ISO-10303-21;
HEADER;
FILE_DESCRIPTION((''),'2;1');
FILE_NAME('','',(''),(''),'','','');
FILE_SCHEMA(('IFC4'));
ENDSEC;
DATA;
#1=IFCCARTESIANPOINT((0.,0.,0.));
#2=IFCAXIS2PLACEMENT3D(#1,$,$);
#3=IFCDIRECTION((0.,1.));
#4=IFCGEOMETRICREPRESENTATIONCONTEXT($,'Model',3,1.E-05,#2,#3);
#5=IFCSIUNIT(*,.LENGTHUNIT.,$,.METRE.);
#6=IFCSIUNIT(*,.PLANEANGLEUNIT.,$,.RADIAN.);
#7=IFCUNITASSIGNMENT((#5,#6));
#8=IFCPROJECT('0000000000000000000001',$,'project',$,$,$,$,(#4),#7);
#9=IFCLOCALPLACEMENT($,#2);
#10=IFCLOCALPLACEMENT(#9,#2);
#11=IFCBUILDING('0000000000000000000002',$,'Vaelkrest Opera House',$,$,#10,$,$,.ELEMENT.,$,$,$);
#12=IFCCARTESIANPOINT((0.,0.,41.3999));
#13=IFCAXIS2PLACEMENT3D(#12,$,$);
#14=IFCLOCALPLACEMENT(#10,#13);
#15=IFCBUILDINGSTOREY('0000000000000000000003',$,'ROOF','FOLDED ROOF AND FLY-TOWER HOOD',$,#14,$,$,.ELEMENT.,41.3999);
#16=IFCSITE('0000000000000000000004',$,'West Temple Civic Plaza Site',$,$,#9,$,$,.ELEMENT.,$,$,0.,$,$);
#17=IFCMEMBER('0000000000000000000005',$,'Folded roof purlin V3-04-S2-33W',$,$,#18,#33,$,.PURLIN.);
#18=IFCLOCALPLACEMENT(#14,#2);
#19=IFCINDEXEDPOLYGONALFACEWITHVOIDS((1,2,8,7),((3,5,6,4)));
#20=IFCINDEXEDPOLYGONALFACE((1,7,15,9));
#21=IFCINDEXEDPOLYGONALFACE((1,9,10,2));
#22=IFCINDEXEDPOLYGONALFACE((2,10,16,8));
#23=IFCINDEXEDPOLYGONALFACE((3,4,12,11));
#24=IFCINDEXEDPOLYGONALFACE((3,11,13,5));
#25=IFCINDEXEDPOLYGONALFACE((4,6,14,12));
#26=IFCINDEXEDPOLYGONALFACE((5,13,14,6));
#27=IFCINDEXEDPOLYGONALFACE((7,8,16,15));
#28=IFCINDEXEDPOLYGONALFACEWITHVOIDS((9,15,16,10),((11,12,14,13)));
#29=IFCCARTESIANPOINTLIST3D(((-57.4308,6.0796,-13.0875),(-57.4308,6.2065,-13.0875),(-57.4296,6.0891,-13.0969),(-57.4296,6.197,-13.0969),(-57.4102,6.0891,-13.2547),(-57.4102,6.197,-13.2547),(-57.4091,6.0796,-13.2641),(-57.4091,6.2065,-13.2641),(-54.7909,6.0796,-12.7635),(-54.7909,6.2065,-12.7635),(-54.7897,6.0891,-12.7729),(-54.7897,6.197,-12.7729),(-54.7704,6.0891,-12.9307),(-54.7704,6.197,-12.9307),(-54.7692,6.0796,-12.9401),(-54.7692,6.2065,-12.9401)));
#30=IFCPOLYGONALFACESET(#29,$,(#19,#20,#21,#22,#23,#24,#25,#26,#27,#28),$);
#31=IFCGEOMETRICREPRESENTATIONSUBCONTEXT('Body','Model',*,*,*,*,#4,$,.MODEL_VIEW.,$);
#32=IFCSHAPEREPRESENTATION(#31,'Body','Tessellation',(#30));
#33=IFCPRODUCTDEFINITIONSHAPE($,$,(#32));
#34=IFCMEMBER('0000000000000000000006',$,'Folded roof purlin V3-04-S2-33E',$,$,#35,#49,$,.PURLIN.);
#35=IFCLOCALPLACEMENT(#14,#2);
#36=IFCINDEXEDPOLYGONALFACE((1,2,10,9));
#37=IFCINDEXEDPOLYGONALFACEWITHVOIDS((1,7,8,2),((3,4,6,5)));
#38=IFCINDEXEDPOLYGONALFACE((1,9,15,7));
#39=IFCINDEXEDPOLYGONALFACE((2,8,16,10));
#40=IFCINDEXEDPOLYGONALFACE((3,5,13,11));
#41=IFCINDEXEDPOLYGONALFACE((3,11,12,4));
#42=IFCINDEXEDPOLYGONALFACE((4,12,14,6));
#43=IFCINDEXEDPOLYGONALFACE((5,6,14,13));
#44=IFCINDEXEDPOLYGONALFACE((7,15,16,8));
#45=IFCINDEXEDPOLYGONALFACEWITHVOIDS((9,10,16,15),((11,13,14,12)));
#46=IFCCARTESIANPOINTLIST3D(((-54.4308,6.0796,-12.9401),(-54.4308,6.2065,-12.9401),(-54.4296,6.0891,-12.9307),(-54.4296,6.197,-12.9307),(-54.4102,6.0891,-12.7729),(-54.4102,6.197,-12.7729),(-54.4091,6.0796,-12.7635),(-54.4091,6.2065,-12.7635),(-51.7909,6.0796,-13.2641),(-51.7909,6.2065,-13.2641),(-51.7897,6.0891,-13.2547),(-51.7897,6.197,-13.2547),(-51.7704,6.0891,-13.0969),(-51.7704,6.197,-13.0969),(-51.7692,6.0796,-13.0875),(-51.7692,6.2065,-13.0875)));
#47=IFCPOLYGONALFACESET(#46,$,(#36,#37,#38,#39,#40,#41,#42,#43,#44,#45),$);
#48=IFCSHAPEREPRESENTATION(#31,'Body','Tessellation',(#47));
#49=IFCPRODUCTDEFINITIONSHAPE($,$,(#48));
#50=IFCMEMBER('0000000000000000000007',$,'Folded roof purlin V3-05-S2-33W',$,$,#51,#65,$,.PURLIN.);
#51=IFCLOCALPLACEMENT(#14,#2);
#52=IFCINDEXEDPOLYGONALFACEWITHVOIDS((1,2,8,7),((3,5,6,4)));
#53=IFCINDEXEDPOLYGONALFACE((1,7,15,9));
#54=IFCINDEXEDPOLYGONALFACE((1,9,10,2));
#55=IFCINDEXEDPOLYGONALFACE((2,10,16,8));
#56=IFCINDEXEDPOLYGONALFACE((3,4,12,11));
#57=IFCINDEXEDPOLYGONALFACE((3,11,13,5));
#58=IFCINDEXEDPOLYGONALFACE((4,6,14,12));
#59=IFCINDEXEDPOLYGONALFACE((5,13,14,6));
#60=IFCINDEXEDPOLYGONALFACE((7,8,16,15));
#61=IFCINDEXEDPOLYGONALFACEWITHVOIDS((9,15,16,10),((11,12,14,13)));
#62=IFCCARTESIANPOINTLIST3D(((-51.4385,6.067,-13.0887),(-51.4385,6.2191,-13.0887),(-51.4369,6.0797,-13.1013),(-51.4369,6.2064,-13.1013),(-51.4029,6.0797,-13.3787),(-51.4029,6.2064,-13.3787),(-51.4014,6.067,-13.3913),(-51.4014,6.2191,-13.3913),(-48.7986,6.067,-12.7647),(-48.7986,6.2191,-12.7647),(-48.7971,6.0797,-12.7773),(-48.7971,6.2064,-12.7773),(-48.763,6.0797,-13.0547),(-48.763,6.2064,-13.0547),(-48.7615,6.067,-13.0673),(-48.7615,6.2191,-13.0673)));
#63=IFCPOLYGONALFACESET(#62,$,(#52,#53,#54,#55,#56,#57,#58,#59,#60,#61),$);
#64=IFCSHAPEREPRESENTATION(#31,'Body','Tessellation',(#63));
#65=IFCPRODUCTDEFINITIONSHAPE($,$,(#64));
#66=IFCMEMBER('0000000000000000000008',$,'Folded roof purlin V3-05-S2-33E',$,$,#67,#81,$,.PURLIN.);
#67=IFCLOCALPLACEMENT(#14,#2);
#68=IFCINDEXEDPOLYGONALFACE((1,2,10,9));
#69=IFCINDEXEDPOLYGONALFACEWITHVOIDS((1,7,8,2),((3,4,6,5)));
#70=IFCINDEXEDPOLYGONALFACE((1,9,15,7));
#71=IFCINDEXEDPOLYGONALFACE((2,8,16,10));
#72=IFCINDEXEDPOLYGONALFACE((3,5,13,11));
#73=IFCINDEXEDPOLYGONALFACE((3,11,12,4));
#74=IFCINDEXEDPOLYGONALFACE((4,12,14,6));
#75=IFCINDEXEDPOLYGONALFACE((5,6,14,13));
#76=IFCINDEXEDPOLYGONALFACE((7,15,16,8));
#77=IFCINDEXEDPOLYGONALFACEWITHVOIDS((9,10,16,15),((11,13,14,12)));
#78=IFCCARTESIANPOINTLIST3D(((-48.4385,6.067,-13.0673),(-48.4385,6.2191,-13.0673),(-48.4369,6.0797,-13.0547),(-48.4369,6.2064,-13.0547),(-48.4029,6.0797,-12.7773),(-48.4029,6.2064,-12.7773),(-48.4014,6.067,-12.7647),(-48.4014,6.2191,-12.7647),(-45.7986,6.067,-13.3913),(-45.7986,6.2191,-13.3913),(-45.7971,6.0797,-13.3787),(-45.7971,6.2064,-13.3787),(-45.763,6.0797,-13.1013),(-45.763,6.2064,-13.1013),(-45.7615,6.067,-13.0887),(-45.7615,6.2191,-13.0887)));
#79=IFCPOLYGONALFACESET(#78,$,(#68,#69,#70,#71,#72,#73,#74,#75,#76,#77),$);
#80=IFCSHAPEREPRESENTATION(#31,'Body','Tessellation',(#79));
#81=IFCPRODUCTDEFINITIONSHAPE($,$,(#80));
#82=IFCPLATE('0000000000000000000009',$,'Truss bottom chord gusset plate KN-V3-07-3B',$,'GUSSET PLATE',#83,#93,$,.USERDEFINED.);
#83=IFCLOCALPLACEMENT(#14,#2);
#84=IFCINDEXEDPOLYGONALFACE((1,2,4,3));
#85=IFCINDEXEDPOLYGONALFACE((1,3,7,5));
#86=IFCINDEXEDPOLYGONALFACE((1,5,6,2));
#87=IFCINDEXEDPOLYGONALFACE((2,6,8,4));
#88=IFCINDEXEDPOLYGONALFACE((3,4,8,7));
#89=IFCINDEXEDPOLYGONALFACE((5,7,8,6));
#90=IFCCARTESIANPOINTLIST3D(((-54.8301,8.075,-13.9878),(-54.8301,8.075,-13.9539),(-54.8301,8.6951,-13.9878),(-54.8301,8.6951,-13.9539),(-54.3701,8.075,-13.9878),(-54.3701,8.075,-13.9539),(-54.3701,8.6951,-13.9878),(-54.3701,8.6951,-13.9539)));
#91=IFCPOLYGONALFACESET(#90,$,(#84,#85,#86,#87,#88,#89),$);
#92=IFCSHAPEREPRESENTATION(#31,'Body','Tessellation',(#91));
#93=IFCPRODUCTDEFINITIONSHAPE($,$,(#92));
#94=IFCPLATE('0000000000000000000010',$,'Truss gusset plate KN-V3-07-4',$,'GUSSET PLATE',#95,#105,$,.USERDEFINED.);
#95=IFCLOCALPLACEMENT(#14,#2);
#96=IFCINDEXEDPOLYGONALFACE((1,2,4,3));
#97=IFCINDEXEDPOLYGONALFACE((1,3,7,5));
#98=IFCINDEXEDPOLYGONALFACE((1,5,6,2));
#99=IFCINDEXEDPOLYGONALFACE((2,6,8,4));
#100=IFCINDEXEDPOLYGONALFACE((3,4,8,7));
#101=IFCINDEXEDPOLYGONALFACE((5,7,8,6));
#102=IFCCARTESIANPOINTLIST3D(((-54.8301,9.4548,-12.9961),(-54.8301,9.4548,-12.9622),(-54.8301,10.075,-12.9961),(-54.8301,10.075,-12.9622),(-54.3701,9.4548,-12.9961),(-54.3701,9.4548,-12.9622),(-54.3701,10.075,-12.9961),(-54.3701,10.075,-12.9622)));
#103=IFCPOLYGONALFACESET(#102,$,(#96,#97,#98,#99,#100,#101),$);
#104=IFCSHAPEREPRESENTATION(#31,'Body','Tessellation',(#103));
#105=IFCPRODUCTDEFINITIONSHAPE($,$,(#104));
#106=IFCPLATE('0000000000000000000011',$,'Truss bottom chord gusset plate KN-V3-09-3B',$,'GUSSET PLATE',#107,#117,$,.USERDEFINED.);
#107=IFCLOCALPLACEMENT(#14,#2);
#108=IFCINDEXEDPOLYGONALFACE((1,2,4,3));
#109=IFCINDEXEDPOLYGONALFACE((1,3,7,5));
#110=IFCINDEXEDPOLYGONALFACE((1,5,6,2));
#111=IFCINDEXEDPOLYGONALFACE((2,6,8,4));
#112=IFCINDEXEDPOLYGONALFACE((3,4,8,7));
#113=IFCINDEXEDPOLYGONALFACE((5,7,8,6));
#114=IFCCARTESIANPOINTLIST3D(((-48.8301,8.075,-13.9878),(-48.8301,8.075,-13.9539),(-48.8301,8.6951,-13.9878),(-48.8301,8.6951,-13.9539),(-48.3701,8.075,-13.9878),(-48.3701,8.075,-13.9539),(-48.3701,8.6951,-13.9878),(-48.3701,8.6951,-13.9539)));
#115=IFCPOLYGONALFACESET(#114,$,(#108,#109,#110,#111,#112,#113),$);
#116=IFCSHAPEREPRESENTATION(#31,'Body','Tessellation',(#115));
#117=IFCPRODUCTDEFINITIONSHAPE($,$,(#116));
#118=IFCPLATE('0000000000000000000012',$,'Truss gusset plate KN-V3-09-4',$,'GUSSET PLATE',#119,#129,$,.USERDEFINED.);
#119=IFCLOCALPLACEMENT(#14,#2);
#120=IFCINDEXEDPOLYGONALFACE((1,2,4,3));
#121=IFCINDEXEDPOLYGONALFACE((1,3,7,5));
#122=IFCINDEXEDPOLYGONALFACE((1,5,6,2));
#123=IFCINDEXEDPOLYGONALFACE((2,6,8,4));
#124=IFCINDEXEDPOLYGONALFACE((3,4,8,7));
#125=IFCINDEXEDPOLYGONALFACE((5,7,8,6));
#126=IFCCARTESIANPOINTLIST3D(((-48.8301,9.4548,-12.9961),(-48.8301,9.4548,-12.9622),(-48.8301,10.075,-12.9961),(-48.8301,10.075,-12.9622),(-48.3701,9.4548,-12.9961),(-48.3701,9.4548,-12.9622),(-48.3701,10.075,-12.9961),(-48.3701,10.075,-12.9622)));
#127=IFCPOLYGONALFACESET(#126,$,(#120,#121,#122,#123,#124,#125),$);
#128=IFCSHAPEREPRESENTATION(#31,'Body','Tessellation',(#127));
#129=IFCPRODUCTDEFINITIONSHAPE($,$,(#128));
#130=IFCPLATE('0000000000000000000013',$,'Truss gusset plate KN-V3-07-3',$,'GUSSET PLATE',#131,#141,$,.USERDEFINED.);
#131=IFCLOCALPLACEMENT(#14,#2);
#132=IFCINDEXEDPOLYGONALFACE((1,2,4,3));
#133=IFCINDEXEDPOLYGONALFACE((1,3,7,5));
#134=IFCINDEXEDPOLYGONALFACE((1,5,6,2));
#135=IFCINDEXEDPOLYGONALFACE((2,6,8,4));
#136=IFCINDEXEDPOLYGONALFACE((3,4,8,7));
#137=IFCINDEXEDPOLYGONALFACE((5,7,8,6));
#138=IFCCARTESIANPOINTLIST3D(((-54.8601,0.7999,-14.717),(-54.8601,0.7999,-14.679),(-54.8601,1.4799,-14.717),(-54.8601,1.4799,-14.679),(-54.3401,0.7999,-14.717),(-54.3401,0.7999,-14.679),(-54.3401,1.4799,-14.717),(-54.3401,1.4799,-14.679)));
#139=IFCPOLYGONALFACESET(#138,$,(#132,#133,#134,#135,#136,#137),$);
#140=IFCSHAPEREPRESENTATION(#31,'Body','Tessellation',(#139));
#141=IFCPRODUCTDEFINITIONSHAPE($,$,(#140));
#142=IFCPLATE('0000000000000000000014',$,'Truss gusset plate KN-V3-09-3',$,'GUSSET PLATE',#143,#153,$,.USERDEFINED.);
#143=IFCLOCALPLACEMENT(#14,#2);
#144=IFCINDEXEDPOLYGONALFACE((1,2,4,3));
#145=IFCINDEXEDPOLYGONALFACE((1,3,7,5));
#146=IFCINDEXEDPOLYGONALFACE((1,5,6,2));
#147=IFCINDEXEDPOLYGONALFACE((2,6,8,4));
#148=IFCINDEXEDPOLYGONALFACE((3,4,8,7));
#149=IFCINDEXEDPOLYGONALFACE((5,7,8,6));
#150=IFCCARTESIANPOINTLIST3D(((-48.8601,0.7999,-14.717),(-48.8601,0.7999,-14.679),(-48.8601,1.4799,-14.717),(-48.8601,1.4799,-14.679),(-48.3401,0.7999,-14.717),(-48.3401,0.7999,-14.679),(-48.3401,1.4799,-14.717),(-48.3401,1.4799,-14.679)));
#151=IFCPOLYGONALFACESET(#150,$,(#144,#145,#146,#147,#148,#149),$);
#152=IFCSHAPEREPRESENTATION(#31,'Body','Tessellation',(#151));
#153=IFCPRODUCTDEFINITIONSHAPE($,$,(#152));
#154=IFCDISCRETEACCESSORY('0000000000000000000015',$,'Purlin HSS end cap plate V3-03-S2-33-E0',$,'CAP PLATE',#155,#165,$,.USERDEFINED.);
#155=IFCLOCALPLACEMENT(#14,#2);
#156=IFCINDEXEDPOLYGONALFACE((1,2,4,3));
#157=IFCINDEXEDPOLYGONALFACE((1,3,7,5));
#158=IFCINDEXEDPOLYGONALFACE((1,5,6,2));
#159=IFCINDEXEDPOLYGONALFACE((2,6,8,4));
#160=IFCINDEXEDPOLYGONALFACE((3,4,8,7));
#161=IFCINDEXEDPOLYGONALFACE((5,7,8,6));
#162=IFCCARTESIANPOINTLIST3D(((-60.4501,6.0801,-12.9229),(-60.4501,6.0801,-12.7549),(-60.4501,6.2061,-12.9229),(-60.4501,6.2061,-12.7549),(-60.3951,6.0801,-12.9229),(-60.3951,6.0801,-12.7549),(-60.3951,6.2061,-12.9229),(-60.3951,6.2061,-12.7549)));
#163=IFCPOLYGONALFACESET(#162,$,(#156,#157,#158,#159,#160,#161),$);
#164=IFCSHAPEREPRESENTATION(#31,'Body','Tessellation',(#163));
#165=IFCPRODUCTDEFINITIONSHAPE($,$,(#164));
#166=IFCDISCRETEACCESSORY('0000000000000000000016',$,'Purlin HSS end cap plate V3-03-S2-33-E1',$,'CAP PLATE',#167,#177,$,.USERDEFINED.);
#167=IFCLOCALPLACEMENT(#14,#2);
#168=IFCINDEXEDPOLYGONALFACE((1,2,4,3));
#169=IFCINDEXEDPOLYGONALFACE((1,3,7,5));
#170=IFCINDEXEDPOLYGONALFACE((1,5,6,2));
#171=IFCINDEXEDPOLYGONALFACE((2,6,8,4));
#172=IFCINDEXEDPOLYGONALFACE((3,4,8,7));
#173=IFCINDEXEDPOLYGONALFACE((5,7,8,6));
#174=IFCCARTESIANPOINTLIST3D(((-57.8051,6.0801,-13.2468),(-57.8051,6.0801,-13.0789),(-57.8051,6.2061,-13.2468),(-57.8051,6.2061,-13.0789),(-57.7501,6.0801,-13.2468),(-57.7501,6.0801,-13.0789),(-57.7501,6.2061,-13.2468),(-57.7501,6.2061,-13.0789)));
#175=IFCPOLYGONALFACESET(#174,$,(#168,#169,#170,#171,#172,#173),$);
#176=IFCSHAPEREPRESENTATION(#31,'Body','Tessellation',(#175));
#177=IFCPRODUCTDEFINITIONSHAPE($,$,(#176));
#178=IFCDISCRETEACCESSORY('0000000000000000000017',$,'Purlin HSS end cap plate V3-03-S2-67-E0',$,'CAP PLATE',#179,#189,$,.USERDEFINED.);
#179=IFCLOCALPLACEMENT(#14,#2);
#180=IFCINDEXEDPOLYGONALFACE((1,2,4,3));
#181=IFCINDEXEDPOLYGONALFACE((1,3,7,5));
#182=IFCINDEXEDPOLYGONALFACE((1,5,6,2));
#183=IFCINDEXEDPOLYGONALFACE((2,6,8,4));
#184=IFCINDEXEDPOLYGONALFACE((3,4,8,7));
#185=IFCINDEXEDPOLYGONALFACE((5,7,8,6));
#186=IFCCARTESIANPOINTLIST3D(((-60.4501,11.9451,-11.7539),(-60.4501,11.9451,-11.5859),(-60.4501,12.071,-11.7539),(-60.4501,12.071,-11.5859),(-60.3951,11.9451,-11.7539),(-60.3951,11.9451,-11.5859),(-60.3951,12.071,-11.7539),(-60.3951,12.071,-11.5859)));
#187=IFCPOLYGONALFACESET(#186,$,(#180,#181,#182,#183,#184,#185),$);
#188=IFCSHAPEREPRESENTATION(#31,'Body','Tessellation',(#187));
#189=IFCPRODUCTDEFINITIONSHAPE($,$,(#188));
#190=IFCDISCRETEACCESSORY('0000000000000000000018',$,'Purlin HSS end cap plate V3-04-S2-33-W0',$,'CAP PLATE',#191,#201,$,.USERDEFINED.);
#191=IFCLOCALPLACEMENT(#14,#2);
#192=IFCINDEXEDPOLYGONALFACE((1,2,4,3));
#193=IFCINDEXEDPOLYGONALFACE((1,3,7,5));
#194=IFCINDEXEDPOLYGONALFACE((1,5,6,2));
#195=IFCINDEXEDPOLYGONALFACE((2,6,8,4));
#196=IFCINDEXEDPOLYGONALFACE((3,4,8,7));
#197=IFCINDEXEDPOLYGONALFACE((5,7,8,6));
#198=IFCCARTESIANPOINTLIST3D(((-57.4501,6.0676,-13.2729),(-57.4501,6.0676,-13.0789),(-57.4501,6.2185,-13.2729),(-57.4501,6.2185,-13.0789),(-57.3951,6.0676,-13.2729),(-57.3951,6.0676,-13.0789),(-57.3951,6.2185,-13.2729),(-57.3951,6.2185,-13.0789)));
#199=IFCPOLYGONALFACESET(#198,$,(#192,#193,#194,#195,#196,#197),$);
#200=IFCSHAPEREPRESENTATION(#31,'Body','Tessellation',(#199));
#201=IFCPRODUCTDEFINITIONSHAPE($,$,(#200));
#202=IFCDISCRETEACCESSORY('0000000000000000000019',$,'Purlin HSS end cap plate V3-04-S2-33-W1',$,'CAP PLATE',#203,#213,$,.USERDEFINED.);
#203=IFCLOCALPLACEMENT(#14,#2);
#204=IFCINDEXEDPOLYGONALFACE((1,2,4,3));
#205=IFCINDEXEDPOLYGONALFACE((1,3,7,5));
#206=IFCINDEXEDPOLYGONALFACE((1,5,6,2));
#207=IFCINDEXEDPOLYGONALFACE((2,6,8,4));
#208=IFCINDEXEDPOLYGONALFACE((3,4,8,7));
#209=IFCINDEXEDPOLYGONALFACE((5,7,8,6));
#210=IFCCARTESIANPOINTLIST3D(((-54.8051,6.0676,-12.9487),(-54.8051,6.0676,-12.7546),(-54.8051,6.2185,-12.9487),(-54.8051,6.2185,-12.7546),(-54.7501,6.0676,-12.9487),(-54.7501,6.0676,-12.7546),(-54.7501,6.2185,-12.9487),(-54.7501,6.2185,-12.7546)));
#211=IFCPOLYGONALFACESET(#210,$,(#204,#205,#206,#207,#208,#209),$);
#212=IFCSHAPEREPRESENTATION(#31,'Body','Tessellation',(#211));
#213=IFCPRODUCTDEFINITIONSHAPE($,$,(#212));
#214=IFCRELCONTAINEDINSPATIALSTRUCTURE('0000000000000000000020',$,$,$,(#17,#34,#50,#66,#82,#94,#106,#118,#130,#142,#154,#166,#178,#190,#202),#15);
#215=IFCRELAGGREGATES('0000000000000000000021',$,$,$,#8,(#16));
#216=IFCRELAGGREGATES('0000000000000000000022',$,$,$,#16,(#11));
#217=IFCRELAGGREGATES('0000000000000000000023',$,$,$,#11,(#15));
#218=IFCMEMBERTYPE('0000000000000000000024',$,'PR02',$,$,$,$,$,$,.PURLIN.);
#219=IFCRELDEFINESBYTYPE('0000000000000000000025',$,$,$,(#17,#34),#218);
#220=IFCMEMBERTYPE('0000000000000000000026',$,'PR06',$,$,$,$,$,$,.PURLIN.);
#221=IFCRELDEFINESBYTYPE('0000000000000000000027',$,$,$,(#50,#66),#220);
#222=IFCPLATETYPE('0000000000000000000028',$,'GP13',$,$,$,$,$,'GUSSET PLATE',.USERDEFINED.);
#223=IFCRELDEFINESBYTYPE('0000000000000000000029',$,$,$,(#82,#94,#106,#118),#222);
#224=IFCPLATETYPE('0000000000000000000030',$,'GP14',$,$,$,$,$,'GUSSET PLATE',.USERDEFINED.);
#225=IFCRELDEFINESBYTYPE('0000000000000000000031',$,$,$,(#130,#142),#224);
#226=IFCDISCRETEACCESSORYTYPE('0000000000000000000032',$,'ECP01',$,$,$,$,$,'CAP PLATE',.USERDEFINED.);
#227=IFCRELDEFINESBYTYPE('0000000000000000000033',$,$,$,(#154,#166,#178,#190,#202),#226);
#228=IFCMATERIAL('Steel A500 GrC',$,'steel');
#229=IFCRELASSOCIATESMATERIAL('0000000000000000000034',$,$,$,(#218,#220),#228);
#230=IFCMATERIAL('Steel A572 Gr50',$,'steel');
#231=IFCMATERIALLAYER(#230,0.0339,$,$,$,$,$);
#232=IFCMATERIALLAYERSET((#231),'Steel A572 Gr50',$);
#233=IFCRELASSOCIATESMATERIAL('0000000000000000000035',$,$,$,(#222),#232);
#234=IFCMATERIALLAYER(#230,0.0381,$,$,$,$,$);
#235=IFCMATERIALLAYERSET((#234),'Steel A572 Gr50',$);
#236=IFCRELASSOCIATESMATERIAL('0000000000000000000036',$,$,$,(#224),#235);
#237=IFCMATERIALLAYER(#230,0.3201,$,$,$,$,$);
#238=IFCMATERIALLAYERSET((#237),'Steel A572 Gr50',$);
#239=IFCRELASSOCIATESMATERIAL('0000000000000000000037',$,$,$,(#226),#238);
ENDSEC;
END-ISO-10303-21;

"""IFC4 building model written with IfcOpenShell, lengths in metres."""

from ifc_helpers import new_model, si_unit, direction, frame, origin, origin_2d, place, context, subcontext, project, spatial, rectangle, hollow_rectangle, extrude, material, layer, layer_set, material_profile, profile_set, type_object, element, save


model = new_model("IFC4")

# Units and contexts
model_context = context("Model", 3, precision=1e-05, world=origin(), true_north=direction((0.0, 1.0)))
body_context = subcontext(model_context, "Body", "Model", "MODEL_VIEW")
ifc_project = project(units=[si_unit("LENGTHUNIT", "METRE"), si_unit("PLANEANGLEUNIT", "RADIAN")], contexts=[model_context])

# Site, building, storey
site_placement = place(None, origin())
site = spatial("IfcSite", under=ifc_project, at=site_placement, Name="West Temple Civic Plaza Site", CompositionType="ELEMENT", RefElevation=0.0)
building_placement = place(site_placement, origin())
building = spatial("IfcBuilding", under=site, at=building_placement, Name="Vaelkrest Opera House", CompositionType="ELEMENT")
storey_placement = place(building_placement, frame((0.0, 0.0, 41.3999)))
storey = spatial("IfcBuildingStorey", under=building, at=storey_placement, Name="ROOF", Description="FOLDED ROOF AND FLY-TOWER HOOD", CompositionType="ELEMENT", Elevation=41.3999)

# Members
ifc_material_1 = material(Name="Steel A500 GrC", Category="steel")
ifc_material_profile_1 = material_profile(ifc_material_1, hollow_rectangle(XDim=0.127, YDim=0.178, WallThickness=0.0095, at=origin_2d()), Name="HSS178X127X9.5")
ifc_profile_set_1 = profile_set([ifc_material_profile_1], Name="Steel A500 GrC")
member_type_1 = type_object("IfcMemberType", Name="PR02", PredefinedType="PURLIN", material=ifc_profile_set_1)
for number, where, z_axis, x_axis, name in (
    (1, (-57.4199, 6.1431, -13.1758), (0.992554, 0.0, 0.121809), (0.0, 1.0, 0.0), "Folded roof purlin V3-04-S2-33W"),
    (2, (-54.4199, 6.1431, -12.8518), (0.992554, 0.0, -0.121809), (0.0, 1.0, 0.0), "Folded roof purlin V3-04-S2-33E"),
):
    element("IfcMember", number, at=place(storey_placement, frame(where, z_axis=z_axis, x_axis=x_axis)), inside=storey, type_object=member_type_1, Name=name, PredefinedType="PURLIN", context=body_context, shape_type="SweptSolid", body=[
        extrude(hollow_rectangle(XDim=0.127, YDim=0.178, WallThickness=0.0095, at=origin_2d()), origin(), (0.0, 0.0, 1.0), 2.6597),
    ])
ifc_material_profile_2 = material_profile(ifc_material_1, hollow_rectangle(XDim=0.1521, YDim=0.3049, WallThickness=0.0127, at=origin_2d()), Name="HSS305X152X12.7")
ifc_profile_set_2 = profile_set([ifc_material_profile_2], Name="Steel A500 GrC")
member_type_2 = type_object("IfcMemberType", Name="PR06", PredefinedType="PURLIN", material=ifc_profile_set_2)
for number, where, z_axis, x_axis, name in (
    (3, (-51.4199, 6.1431, -13.24), (0.992554, 0.0, 0.121809), (0.0, 1.0, 0.0), "Folded roof purlin V3-05-S2-33W"),
    (4, (-48.4199, 6.1431, -12.916), (0.992554, 0.0, -0.121809), (0.0, 1.0, 0.0), "Folded roof purlin V3-05-S2-33E"),
):
    element("IfcMember", number, at=place(storey_placement, frame(where, z_axis=z_axis, x_axis=x_axis)), inside=storey, type_object=member_type_2, Name=name, PredefinedType="PURLIN", context=body_context, shape_type="SweptSolid", body=[
        extrude(hollow_rectangle(XDim=0.1521, YDim=0.3049, WallThickness=0.0127, at=origin_2d()), origin(), (0.0, 0.0, 1.0), 2.6597),
    ])

# Plates
ifc_material_2 = material(Name="Steel A572 Gr50", Category="steel")
ifc_layer_1 = layer(ifc_material_2, 0.0339)
ifc_layer_set_1 = layer_set([ifc_layer_1], Name="Steel A572 Gr50")
plate_type_1 = type_object("IfcPlateType", Name="GP13", ElementType="GUSSET PLATE", PredefinedType="USERDEFINED", material=ifc_layer_set_1)
for number, where, z_axis, x_axis, name in (
    (5, (-54.6001, 8.385, -13.9878), (0.0, 0.0, 1.0), (0.0, 1.0, 0.0), "Truss bottom chord gusset plate KN-V3-07-3B"),
    (6, (-54.6001, 9.7649, -12.9961), (0.0, 0.0, 1.0), (0.0, 1.0, 0.0), "Truss gusset plate KN-V3-07-4"),
    (7, (-48.6001, 8.385, -13.9878), (0.0, 0.0, 1.0), (0.0, 1.0, 0.0), "Truss bottom chord gusset plate KN-V3-09-3B"),
    (8, (-48.6001, 9.7649, -12.9961), (0.0, 0.0, 1.0), (0.0, 1.0, 0.0), "Truss gusset plate KN-V3-09-4"),
):
    element("IfcPlate", number, at=place(storey_placement, frame(where, z_axis=z_axis, x_axis=x_axis)), inside=storey, type_object=plate_type_1, Name=name, ObjectType="GUSSET PLATE", PredefinedType="USERDEFINED", context=body_context, shape_type="SweptSolid", body=[
        extrude(rectangle(XDim=0.6201, YDim=0.46, at=origin_2d()), origin(), (0.0, 0.0, 1.0), 0.0339),
    ])
ifc_layer_2 = layer(ifc_material_2, 0.0381)
ifc_layer_set_2 = layer_set([ifc_layer_2], Name="Steel A572 Gr50")
plate_type_2 = type_object("IfcPlateType", Name="GP14", ElementType="GUSSET PLATE", PredefinedType="USERDEFINED", material=ifc_layer_set_2)
for number, where, z_axis, x_axis, name in (
    (9, (-54.6001, 1.1399, -14.717), (0.0, 0.0, 1.0), (0.0, 1.0, 0.0), "Truss gusset plate KN-V3-07-3"),
    (10, (-48.6001, 1.1399, -14.717), (0.0, 0.0, 1.0), (0.0, 1.0, 0.0), "Truss gusset plate KN-V3-09-3"),
):
    element("IfcPlate", number, at=place(storey_placement, frame(where, z_axis=z_axis, x_axis=x_axis)), inside=storey, type_object=plate_type_2, Name=name, ObjectType="GUSSET PLATE", PredefinedType="USERDEFINED", context=body_context, shape_type="SweptSolid", body=[
        extrude(rectangle(XDim=0.6799, YDim=0.52, at=origin_2d()), origin(), (0.0, 0.0, 1.0), 0.0381),
    ])

# Discrete accessories
ifc_layer_3 = layer(ifc_material_2, 0.3201)
ifc_layer_set_3 = layer_set([ifc_layer_3], Name="Steel A572 Gr50")
discrete_accessory_type = type_object("IfcDiscreteAccessoryType", Name="ECP01", ElementType="CAP PLATE", PredefinedType="USERDEFINED", material=ifc_layer_set_3)
for number, where, z_axis, x_axis, name in (
    (11, (-60.4226, 6.1431, -12.9229), (0.0, 0.0, 1.0), (1.0, 0.0, 0.0), "Purlin HSS end cap plate V3-03-S2-33-E0"),
    (12, (-57.7776, 6.1431, -13.2468), (0.0, 0.0, 1.0), (1.0, 0.0, 0.0), "Purlin HSS end cap plate V3-03-S2-33-E1"),
    (13, (-60.4226, 12.0081, -11.7539), (0.0, 0.0, 1.0), (1.0, 0.0, 0.0), "Purlin HSS end cap plate V3-03-S2-67-E0"),
):
    element("IfcDiscreteAccessory", number, at=place(storey_placement, frame(where, z_axis=z_axis, x_axis=x_axis)), inside=storey, type_object=discrete_accessory_type, Name=name, ObjectType="CAP PLATE", PredefinedType="USERDEFINED", context=body_context, shape_type="SweptSolid", body=[
        extrude(rectangle(XDim=0.0549, YDim=0.126, at=origin_2d()), origin(), (0.0, 0.0, 1.0), 0.168),
    ])
for number, where, z_axis, x_axis, name in (
    (14, (-57.4226, 6.1431, -13.2729), (0.0, 0.0, 1.0), (1.0, 0.0, 0.0), "Purlin HSS end cap plate V3-04-S2-33-W0"),
    (15, (-54.7776, 6.1431, -12.9487), (0.0, 0.0, 1.0), (1.0, 0.0, 0.0), "Purlin HSS end cap plate V3-04-S2-33-W1"),
):
    element("IfcDiscreteAccessory", number, at=place(storey_placement, frame(where, z_axis=z_axis, x_axis=x_axis)), inside=storey, type_object=discrete_accessory_type, Name=name, ObjectType="CAP PLATE", PredefinedType="USERDEFINED", context=body_context, shape_type="SweptSolid", body=[
        extrude(rectangle(XDim=0.0549, YDim=0.1509, at=origin_2d()), origin(), (0.0, 0.0, 1.0), 0.1941),
    ])

save(model, "model.ifc")
